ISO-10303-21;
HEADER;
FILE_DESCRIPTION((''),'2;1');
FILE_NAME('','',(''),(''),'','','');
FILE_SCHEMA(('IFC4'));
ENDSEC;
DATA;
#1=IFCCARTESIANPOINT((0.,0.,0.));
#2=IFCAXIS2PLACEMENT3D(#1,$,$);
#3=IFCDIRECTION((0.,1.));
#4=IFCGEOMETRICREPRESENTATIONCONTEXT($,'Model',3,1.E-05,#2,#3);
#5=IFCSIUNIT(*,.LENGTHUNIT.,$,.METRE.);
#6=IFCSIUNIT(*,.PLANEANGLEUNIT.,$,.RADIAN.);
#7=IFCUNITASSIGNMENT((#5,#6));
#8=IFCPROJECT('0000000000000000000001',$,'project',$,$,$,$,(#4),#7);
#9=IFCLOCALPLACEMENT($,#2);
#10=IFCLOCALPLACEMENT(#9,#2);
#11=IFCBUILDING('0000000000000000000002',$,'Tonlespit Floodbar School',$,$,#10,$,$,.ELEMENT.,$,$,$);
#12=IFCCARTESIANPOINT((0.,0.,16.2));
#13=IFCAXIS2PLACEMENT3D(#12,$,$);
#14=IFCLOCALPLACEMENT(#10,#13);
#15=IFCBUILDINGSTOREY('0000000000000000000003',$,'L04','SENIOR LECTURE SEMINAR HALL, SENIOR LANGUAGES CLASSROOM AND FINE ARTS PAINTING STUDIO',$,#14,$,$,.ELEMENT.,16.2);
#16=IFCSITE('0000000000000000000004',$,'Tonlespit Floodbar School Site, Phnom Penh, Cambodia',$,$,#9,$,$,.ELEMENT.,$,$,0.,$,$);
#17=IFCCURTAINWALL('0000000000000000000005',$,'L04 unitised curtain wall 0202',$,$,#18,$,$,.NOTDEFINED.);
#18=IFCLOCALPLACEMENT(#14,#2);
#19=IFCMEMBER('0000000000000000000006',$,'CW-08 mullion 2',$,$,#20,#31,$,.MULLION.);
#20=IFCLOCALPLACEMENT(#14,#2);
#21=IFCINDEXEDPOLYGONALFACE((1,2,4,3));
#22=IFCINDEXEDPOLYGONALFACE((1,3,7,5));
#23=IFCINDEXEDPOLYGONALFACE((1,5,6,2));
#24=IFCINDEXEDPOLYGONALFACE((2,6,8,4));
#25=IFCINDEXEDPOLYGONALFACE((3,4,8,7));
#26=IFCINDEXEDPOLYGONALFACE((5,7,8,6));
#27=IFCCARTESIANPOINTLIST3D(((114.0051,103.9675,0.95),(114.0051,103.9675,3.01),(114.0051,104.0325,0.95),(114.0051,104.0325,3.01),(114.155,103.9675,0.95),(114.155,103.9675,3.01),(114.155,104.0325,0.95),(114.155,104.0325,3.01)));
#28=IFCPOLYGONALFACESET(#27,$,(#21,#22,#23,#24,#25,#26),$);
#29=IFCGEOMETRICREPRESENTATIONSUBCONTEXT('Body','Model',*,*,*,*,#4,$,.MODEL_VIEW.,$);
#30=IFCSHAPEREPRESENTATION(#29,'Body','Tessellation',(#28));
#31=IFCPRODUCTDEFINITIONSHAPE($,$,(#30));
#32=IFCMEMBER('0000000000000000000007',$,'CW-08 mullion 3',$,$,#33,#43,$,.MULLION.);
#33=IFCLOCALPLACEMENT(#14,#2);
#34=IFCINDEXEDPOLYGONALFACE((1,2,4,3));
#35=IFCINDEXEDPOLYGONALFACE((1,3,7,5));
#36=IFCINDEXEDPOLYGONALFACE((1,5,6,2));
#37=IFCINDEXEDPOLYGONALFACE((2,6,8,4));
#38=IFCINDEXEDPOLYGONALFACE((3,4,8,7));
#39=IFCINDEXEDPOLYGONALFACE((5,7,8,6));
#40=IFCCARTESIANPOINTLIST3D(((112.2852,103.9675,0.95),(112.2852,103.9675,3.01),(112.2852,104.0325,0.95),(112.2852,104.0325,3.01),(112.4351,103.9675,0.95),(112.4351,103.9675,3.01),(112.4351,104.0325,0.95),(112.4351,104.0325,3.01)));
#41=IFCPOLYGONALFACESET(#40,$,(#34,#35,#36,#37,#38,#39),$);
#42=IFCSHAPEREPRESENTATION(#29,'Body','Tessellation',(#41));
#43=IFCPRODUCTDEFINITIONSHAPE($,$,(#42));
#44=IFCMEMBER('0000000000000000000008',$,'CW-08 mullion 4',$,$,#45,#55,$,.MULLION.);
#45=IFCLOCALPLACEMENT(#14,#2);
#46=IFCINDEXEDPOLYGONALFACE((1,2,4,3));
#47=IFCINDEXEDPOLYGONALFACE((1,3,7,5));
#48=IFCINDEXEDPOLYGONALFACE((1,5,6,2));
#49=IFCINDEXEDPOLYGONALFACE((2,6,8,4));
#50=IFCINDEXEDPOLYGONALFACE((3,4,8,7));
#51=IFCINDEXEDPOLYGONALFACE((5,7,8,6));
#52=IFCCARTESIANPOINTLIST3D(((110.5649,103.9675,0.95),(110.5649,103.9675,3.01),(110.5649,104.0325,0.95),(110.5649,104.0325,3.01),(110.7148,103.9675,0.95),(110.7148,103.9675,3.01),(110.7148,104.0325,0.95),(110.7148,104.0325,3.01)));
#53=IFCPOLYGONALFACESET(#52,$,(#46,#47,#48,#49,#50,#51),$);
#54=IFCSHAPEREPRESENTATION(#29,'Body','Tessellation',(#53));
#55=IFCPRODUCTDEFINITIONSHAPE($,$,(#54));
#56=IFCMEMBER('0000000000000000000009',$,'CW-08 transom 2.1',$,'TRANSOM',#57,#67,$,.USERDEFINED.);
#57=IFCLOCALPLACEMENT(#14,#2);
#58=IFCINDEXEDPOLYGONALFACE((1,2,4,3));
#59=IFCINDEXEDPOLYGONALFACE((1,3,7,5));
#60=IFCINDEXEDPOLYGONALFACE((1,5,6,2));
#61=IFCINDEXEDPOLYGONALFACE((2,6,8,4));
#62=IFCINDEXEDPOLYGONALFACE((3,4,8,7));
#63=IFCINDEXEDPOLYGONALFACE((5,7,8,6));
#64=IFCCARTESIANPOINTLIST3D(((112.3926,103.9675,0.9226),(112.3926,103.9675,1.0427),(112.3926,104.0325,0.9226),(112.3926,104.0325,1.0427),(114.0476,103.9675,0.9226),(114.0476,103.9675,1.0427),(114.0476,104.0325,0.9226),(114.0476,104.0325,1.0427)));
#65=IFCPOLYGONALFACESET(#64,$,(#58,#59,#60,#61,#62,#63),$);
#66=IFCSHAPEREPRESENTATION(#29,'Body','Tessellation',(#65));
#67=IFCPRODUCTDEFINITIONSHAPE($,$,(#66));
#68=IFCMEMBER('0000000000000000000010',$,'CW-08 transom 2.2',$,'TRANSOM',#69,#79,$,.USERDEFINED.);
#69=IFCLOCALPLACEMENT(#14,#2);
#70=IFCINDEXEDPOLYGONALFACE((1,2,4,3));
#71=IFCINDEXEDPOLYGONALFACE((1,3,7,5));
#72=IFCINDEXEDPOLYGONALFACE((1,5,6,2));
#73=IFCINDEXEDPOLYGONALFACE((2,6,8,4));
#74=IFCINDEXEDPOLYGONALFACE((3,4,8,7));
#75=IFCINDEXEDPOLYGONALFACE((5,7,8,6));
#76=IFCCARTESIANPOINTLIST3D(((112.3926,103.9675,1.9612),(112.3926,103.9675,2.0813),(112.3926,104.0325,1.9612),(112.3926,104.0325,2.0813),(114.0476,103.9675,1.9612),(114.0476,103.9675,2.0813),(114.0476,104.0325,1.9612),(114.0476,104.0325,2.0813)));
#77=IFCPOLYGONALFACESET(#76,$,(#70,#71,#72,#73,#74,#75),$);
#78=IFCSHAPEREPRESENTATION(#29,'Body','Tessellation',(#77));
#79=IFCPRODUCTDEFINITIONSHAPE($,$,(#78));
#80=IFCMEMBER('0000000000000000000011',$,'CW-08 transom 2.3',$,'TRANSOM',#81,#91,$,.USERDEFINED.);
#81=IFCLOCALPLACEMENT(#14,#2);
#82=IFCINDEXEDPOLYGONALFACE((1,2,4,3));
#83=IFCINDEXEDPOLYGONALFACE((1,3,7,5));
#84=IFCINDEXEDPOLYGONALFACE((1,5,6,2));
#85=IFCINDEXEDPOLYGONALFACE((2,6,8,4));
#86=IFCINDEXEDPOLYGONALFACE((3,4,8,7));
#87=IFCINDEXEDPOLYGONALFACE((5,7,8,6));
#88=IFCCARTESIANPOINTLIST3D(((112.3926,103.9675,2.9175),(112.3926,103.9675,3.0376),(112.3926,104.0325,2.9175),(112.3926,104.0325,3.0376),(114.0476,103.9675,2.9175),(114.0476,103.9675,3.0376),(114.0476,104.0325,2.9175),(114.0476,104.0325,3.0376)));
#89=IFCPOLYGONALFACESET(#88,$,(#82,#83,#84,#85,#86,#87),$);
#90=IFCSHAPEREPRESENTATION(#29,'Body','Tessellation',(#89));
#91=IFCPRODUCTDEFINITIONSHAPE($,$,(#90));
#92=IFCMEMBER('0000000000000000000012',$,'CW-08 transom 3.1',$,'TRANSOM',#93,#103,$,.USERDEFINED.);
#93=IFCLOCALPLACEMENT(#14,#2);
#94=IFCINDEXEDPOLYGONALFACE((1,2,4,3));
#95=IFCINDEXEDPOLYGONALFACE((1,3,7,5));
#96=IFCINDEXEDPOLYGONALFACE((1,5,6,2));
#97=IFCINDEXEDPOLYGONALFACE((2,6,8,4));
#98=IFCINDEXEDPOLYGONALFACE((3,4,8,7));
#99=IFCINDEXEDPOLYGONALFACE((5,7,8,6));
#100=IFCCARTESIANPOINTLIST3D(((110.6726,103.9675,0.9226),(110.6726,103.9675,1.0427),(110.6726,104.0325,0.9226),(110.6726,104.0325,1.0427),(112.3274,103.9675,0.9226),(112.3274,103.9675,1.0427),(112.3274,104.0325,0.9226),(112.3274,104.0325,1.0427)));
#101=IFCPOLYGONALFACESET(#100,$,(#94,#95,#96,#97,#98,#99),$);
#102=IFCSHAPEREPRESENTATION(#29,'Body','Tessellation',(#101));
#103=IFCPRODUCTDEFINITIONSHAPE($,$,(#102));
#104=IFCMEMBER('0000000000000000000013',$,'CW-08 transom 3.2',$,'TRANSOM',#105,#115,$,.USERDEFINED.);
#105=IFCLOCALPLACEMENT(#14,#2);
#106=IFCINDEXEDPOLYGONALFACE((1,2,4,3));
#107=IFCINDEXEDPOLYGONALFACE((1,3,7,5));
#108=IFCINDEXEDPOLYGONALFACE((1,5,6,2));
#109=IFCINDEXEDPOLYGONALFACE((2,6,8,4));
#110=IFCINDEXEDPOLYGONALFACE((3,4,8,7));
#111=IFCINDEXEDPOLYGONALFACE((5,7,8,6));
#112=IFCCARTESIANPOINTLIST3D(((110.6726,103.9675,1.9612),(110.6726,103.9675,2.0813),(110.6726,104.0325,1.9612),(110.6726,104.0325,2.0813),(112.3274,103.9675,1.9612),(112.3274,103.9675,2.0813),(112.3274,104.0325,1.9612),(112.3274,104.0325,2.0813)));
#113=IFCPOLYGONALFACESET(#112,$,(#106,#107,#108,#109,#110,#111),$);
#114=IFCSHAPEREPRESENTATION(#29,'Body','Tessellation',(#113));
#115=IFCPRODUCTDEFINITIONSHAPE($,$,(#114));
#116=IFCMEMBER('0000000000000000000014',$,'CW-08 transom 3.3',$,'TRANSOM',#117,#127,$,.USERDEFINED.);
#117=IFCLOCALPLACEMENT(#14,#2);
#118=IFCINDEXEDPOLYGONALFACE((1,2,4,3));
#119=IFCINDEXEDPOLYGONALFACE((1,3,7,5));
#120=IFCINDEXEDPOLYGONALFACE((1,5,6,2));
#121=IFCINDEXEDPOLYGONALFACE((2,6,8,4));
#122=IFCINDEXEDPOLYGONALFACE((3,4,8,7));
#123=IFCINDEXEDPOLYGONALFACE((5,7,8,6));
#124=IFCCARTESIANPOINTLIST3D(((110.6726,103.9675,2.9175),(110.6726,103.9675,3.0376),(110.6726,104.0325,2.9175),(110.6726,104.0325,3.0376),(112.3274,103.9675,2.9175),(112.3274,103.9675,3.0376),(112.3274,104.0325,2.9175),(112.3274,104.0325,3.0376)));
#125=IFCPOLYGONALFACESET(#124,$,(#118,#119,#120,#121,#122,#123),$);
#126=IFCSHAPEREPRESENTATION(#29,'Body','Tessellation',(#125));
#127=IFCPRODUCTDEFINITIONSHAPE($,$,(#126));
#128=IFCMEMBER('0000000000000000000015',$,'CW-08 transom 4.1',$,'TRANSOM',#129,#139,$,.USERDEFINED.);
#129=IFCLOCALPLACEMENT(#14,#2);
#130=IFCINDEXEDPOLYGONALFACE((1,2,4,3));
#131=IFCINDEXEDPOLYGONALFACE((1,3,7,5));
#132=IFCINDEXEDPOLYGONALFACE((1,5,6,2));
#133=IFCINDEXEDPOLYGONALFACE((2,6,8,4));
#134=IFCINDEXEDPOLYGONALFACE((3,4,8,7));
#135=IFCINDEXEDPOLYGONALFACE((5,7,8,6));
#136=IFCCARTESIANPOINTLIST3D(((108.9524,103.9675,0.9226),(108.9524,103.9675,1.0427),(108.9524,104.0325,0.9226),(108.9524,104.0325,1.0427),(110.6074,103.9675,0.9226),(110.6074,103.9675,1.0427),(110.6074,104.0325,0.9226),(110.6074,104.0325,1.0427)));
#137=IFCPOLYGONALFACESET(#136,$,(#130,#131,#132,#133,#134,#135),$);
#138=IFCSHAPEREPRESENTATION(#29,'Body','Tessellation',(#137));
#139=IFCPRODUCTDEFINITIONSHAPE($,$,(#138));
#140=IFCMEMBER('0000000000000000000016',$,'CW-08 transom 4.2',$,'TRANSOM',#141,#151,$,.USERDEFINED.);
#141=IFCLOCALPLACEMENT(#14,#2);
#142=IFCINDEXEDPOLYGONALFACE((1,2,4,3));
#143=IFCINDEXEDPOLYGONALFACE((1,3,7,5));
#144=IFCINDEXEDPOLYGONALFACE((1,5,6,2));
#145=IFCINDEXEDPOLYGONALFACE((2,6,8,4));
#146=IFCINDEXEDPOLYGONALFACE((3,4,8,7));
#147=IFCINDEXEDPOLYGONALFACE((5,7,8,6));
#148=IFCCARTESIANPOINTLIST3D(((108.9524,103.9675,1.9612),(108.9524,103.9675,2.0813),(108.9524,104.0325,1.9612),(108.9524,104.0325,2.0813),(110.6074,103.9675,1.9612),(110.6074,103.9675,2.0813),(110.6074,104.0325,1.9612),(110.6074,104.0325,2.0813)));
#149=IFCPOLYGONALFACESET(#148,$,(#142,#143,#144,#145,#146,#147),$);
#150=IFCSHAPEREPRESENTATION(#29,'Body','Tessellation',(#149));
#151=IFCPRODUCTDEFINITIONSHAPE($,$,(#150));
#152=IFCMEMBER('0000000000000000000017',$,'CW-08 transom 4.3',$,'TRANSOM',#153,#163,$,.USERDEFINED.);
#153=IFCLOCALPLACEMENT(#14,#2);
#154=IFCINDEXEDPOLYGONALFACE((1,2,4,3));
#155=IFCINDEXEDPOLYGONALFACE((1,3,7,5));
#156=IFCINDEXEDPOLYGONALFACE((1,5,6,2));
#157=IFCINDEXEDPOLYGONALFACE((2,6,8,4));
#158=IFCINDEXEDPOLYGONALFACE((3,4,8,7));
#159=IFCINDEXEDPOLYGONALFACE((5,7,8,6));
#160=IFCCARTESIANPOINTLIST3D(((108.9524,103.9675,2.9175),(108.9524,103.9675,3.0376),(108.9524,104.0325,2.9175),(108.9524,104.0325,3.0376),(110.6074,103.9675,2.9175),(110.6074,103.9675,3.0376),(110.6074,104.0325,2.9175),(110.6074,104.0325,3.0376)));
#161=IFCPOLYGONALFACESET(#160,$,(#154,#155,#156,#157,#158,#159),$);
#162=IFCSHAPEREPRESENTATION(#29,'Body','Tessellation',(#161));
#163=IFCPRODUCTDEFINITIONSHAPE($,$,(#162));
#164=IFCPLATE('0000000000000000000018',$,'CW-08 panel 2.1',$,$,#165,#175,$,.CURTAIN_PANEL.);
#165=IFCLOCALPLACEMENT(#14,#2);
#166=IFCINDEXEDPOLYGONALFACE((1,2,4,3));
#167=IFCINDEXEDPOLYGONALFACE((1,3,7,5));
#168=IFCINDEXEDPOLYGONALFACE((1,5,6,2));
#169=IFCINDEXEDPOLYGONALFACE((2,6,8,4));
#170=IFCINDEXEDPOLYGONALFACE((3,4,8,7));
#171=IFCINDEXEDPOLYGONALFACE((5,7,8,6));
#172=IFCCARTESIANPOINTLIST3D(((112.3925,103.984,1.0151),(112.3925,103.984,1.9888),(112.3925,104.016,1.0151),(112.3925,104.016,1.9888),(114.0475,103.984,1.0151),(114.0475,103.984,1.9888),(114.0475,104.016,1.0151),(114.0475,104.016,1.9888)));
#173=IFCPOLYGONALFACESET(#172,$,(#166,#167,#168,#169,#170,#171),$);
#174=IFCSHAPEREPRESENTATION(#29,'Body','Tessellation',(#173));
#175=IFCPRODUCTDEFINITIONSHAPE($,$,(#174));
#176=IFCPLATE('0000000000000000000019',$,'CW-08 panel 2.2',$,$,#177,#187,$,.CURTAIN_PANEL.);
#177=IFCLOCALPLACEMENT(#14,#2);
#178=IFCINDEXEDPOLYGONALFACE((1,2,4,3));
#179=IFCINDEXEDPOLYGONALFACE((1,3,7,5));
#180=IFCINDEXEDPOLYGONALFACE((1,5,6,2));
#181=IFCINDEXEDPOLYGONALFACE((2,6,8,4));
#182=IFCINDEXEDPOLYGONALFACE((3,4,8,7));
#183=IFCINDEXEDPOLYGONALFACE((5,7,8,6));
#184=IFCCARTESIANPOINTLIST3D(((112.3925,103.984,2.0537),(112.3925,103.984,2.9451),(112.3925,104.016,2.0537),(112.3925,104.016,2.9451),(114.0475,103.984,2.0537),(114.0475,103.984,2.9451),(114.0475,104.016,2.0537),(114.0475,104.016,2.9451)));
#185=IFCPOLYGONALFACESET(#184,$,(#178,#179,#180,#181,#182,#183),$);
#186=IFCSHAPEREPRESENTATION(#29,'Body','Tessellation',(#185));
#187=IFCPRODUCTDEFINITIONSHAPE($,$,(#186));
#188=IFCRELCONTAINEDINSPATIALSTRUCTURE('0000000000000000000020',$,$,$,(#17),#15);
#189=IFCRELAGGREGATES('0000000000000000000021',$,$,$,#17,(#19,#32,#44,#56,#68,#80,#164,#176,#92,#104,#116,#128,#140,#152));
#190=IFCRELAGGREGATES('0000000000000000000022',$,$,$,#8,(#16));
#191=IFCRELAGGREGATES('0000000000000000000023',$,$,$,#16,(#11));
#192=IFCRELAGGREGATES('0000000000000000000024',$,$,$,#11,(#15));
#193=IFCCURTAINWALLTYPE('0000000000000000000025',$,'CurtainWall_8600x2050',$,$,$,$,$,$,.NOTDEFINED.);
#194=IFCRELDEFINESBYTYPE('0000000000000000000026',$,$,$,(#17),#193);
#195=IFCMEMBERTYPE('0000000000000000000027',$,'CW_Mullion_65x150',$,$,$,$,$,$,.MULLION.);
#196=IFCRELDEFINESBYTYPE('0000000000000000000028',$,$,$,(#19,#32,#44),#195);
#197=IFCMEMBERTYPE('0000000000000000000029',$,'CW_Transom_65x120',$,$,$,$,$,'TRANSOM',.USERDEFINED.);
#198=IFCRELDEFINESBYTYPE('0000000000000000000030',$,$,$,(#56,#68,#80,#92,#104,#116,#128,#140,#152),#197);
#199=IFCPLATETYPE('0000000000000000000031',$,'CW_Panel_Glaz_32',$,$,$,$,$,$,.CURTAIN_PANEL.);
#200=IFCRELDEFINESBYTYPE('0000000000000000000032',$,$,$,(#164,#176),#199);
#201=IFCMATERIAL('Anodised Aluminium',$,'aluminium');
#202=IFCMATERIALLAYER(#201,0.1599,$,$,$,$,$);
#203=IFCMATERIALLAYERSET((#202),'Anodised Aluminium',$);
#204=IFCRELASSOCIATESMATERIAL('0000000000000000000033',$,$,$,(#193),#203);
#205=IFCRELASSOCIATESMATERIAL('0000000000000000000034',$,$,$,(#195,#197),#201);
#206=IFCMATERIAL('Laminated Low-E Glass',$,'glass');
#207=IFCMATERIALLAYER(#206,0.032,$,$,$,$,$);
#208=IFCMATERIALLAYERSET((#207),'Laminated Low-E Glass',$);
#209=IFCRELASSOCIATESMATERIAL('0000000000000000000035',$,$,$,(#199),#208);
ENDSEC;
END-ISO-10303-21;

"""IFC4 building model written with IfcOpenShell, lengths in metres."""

from ifc_helpers import new_model, si_unit, direction, frame, origin, origin_2d, place, context, subcontext, project, spatial, rectangle, extrude, material, layer, layer_set, material_profile, profile_set, type_object, element, aggregate, save


model = new_model("IFC4")

# Units and contexts
model_context = context("Model", 3, precision=1e-05, world=origin(), true_north=direction((0.0, 1.0)))
body_context = subcontext(model_context, "Body", "Model", "MODEL_VIEW")
ifc_project = project(units=[si_unit("LENGTHUNIT", "METRE"), si_unit("PLANEANGLEUNIT", "RADIAN")], contexts=[model_context])

# Site, building, storey
site_placement = place(None, origin())
site = spatial("IfcSite", under=ifc_project, at=site_placement, Name="Tonlespit Floodbar School Site, Phnom Penh, Cambodia", CompositionType="ELEMENT", RefElevation=0.0)
building_placement = place(site_placement, origin())
building = spatial("IfcBuilding", under=site, at=building_placement, Name="Tonlespit Floodbar School", CompositionType="ELEMENT")
storey_placement = place(building_placement, frame((0.0, 0.0, 16.2)))
storey = spatial("IfcBuildingStorey", under=building, at=storey_placement, Name="L04", Description="SENIOR LECTURE SEMINAR HALL, SENIOR LANGUAGES CLASSROOM AND FINE ARTS PAINTING STUDIO", CompositionType="ELEMENT", Elevation=16.2)

# Curtain wall, members, plates
ifc_material_1 = material(Name="Anodised Aluminium", Category="aluminium")
ifc_layer_1 = layer(ifc_material_1, 0.1599)
ifc_layer_set_1 = layer_set([ifc_layer_1], Name="Anodised Aluminium")
curtain_wall_type = type_object("IfcCurtainWallType", Name="CurtainWall_8600x2050", PredefinedType="NOTDEFINED", material=ifc_layer_set_1)
curtain_wall_placement = place(storey_placement, origin())
curtain_wall = element("IfcCurtainWall", 1, at=curtain_wall_placement, inside=storey, type_object=curtain_wall_type, Name="L04 unitised curtain wall 0202", PredefinedType="NOTDEFINED")
ifc_material_profile_1 = material_profile(ifc_material_1, rectangle(XDim=0.0649, YDim=0.1499, at=origin_2d()), Name="ALU M65x150")
ifc_profile_set_1 = profile_set([ifc_material_profile_1], Name="Anodised Aluminium")
member_type_1 = type_object("IfcMemberType", Name="CW_Mullion_65x150", PredefinedType="MULLION", material=ifc_profile_set_1)
member_1_placement = place(storey_placement, frame((114.0801, 104.0, 0.95), z_axis=(0.0, 0.0, 1.0), x_axis=(0.0, -1.0, 0.0)))
member_1 = element("IfcMember", 2, at=member_1_placement, type_object=member_type_1, Name="CW-08 mullion 2", PredefinedType="MULLION", context=body_context, shape_type="SweptSolid", body=[
    extrude(rectangle(XDim=0.0649, YDim=0.1499, at=origin_2d()), origin(), (0.0, 0.0, 1.0), 2.0601),
])
member_2_placement = place(storey_placement, frame((112.3601, 104.0, 0.95), z_axis=(0.0, 0.0, 1.0), x_axis=(0.0, -1.0, 0.0)))
member_2 = element("IfcMember", 3, at=member_2_placement, type_object=member_type_1, Name="CW-08 mullion 3", PredefinedType="MULLION", context=body_context, shape_type="SweptSolid", body=[
    extrude(rectangle(XDim=0.0649, YDim=0.1499, at=origin_2d()), origin(), (0.0, 0.0, 1.0), 2.0601),
])
member_3_placement = place(storey_placement, frame((110.6399, 104.0, 0.95), z_axis=(0.0, 0.0, 1.0), x_axis=(0.0, -1.0, 0.0)))
member_3 = element("IfcMember", 4, at=member_3_placement, type_object=member_type_1, Name="CW-08 mullion 4", PredefinedType="MULLION", context=body_context, shape_type="SweptSolid", body=[
    extrude(rectangle(XDim=0.0649, YDim=0.1499, at=origin_2d()), origin(), (0.0, 0.0, 1.0), 2.0601),
])
ifc_material_profile_2 = material_profile(ifc_material_1, rectangle(XDim=0.0649, YDim=0.1201, at=origin_2d()), Name="ALU T65x120")
ifc_profile_set_2 = profile_set([ifc_material_profile_2], Name="Anodised Aluminium")
member_type_2 = type_object("IfcMemberType", Name="CW_Transom_65x120", ElementType="TRANSOM", PredefinedType="USERDEFINED", material=ifc_profile_set_2)
member_4_placement = place(storey_placement, frame((114.0476, 104.0, 0.9827), z_axis=(-1.0, 0.0, 0.0), x_axis=(0.0, -1.0, 0.0)))
member_4 = element("IfcMember", 5, at=member_4_placement, type_object=member_type_2, Name="CW-08 transom 2.1", ObjectType="TRANSOM", PredefinedType="USERDEFINED", context=body_context, shape_type="SweptSolid", body=[
    extrude(rectangle(XDim=0.0649, YDim=0.1201, at=origin_2d()), origin(), (0.0, 0.0, 1.0), 1.655),
])
member_5_placement = place(storey_placement, frame((114.0476, 104.0, 2.0212), z_axis=(-1.0, 0.0, 0.0), x_axis=(0.0, -1.0, 0.0)))
member_5 = element("IfcMember", 6, at=member_5_placement, type_object=member_type_2, Name="CW-08 transom 2.2", ObjectType="TRANSOM", PredefinedType="USERDEFINED", context=body_context, shape_type="SweptSolid", body=[
    extrude(rectangle(XDim=0.0649, YDim=0.1201, at=origin_2d()), origin(), (0.0, 0.0, 1.0), 1.655),
])
member_6_placement = place(storey_placement, frame((114.0476, 104.0, 2.9775), z_axis=(-1.0, 0.0, 0.0), x_axis=(0.0, -1.0, 0.0)))
member_6 = element("IfcMember", 7, at=member_6_placement, type_object=member_type_2, Name="CW-08 transom 2.3", ObjectType="TRANSOM", PredefinedType="USERDEFINED", context=body_context, shape_type="SweptSolid", body=[
    extrude(rectangle(XDim=0.0649, YDim=0.1201, at=origin_2d()), origin(), (0.0, 0.0, 1.0), 1.655),
])
member_7_placement = place(storey_placement, frame((112.3274, 104.0, 0.9827), z_axis=(-1.0, 0.0, 0.0), x_axis=(0.0, -1.0, 0.0)))
member_7 = element("IfcMember", 8, at=member_7_placement, type_object=member_type_2, Name="CW-08 transom 3.1", ObjectType="TRANSOM", PredefinedType="USERDEFINED", context=body_context, shape_type="SweptSolid", body=[
    extrude(rectangle(XDim=0.0649, YDim=0.1201, at=origin_2d()), origin(), (0.0, 0.0, 1.0), 1.6548),
])
member_8_placement = place(storey_placement, frame((112.3274, 104.0, 2.0212), z_axis=(-1.0, 0.0, 0.0), x_axis=(0.0, -1.0, 0.0)))
member_8 = element("IfcMember", 9, at=member_8_placement, type_object=member_type_2, Name="CW-08 transom 3.2", ObjectType="TRANSOM", PredefinedType="USERDEFINED", context=body_context, shape_type="SweptSolid", body=[
    extrude(rectangle(XDim=0.0649, YDim=0.1201, at=origin_2d()), origin(), (0.0, 0.0, 1.0), 1.6548),
])
member_9_placement = place(storey_placement, frame((112.3274, 104.0, 2.9775), z_axis=(-1.0, 0.0, 0.0), x_axis=(0.0, -1.0, 0.0)))
member_9 = element("IfcMember", 10, at=member_9_placement, type_object=member_type_2, Name="CW-08 transom 3.3", ObjectType="TRANSOM", PredefinedType="USERDEFINED", context=body_context, shape_type="SweptSolid", body=[
    extrude(rectangle(XDim=0.0649, YDim=0.1201, at=origin_2d()), origin(), (0.0, 0.0, 1.0), 1.6548),
])
member_10_placement = place(storey_placement, frame((110.6074, 104.0, 0.9827), z_axis=(-1.0, 0.0, 0.0), x_axis=(0.0, -1.0, 0.0)))
member_10 = element("IfcMember", 11, at=member_10_placement, type_object=member_type_2, Name="CW-08 transom 4.1", ObjectType="TRANSOM", PredefinedType="USERDEFINED", context=body_context, shape_type="SweptSolid", body=[
    extrude(rectangle(XDim=0.0649, YDim=0.1201, at=origin_2d()), origin(), (0.0, 0.0, 1.0), 1.655),
])
member_11_placement = place(storey_placement, frame((110.6074, 104.0, 2.0212), z_axis=(-1.0, 0.0, 0.0), x_axis=(0.0, -1.0, 0.0)))
member_11 = element("IfcMember", 12, at=member_11_placement, type_object=member_type_2, Name="CW-08 transom 4.2", ObjectType="TRANSOM", PredefinedType="USERDEFINED", context=body_context, shape_type="SweptSolid", body=[
    extrude(rectangle(XDim=0.0649, YDim=0.1201, at=origin_2d()), origin(), (0.0, 0.0, 1.0), 1.655),
])
member_12_placement = place(storey_placement, frame((110.6074, 104.0, 2.9775), z_axis=(-1.0, 0.0, 0.0), x_axis=(0.0, -1.0, 0.0)))
member_12 = element("IfcMember", 13, at=member_12_placement, type_object=member_type_2, Name="CW-08 transom 4.3", ObjectType="TRANSOM", PredefinedType="USERDEFINED", context=body_context, shape_type="SweptSolid", body=[
    extrude(rectangle(XDim=0.0649, YDim=0.1201, at=origin_2d()), origin(), (0.0, 0.0, 1.0), 1.655),
])
ifc_material_2 = material(Name="Laminated Low-E Glass", Category="glass")
ifc_layer_2 = layer(ifc_material_2, 0.032)
ifc_layer_set_2 = layer_set([ifc_layer_2], Name="Laminated Low-E Glass")
plate_type_1 = type_object("IfcPlateType", Name="CW_Panel_Glaz_32", PredefinedType="CURTAIN_PANEL", material=ifc_layer_set_2)
plate_1_placement = place(storey_placement, frame((113.22, 104.0, 1.0151), z_axis=(0.0, 0.0, 1.0), x_axis=(-1.0, 0.0, 0.0)))
plate_1 = element("IfcPlate", 14, at=plate_1_placement, type_object=plate_type_1, Name="CW-08 panel 2.1", PredefinedType="CURTAIN_PANEL", context=body_context, shape_type="SweptSolid", body=[
    extrude(rectangle(XDim=1.655, YDim=0.032, at=origin_2d()), origin(), (0.0, 0.0, 1.0), 0.9736),
])
plate_2_placement = place(storey_placement, frame((113.22, 104.0, 2.0537), z_axis=(0.0, 0.0, 1.0), x_axis=(-1.0, 0.0, 0.0)))
plate_2 = element("IfcPlate", 15, at=plate_2_placement, type_object=plate_type_1, Name="CW-08 panel 2.2", PredefinedType="CURTAIN_PANEL", context=body_context, shape_type="SweptSolid", body=[
    extrude(rectangle(XDim=1.655, YDim=0.032, at=origin_2d()), origin(), (0.0, 0.0, 1.0), 0.8914),
])
aggregate(curtain_wall, [member_1, member_2, member_3, member_4, member_5, member_6, plate_1, plate_2, member_7, member_8, member_9, member_10, member_11, member_12])

save(model, "model.ifc")
